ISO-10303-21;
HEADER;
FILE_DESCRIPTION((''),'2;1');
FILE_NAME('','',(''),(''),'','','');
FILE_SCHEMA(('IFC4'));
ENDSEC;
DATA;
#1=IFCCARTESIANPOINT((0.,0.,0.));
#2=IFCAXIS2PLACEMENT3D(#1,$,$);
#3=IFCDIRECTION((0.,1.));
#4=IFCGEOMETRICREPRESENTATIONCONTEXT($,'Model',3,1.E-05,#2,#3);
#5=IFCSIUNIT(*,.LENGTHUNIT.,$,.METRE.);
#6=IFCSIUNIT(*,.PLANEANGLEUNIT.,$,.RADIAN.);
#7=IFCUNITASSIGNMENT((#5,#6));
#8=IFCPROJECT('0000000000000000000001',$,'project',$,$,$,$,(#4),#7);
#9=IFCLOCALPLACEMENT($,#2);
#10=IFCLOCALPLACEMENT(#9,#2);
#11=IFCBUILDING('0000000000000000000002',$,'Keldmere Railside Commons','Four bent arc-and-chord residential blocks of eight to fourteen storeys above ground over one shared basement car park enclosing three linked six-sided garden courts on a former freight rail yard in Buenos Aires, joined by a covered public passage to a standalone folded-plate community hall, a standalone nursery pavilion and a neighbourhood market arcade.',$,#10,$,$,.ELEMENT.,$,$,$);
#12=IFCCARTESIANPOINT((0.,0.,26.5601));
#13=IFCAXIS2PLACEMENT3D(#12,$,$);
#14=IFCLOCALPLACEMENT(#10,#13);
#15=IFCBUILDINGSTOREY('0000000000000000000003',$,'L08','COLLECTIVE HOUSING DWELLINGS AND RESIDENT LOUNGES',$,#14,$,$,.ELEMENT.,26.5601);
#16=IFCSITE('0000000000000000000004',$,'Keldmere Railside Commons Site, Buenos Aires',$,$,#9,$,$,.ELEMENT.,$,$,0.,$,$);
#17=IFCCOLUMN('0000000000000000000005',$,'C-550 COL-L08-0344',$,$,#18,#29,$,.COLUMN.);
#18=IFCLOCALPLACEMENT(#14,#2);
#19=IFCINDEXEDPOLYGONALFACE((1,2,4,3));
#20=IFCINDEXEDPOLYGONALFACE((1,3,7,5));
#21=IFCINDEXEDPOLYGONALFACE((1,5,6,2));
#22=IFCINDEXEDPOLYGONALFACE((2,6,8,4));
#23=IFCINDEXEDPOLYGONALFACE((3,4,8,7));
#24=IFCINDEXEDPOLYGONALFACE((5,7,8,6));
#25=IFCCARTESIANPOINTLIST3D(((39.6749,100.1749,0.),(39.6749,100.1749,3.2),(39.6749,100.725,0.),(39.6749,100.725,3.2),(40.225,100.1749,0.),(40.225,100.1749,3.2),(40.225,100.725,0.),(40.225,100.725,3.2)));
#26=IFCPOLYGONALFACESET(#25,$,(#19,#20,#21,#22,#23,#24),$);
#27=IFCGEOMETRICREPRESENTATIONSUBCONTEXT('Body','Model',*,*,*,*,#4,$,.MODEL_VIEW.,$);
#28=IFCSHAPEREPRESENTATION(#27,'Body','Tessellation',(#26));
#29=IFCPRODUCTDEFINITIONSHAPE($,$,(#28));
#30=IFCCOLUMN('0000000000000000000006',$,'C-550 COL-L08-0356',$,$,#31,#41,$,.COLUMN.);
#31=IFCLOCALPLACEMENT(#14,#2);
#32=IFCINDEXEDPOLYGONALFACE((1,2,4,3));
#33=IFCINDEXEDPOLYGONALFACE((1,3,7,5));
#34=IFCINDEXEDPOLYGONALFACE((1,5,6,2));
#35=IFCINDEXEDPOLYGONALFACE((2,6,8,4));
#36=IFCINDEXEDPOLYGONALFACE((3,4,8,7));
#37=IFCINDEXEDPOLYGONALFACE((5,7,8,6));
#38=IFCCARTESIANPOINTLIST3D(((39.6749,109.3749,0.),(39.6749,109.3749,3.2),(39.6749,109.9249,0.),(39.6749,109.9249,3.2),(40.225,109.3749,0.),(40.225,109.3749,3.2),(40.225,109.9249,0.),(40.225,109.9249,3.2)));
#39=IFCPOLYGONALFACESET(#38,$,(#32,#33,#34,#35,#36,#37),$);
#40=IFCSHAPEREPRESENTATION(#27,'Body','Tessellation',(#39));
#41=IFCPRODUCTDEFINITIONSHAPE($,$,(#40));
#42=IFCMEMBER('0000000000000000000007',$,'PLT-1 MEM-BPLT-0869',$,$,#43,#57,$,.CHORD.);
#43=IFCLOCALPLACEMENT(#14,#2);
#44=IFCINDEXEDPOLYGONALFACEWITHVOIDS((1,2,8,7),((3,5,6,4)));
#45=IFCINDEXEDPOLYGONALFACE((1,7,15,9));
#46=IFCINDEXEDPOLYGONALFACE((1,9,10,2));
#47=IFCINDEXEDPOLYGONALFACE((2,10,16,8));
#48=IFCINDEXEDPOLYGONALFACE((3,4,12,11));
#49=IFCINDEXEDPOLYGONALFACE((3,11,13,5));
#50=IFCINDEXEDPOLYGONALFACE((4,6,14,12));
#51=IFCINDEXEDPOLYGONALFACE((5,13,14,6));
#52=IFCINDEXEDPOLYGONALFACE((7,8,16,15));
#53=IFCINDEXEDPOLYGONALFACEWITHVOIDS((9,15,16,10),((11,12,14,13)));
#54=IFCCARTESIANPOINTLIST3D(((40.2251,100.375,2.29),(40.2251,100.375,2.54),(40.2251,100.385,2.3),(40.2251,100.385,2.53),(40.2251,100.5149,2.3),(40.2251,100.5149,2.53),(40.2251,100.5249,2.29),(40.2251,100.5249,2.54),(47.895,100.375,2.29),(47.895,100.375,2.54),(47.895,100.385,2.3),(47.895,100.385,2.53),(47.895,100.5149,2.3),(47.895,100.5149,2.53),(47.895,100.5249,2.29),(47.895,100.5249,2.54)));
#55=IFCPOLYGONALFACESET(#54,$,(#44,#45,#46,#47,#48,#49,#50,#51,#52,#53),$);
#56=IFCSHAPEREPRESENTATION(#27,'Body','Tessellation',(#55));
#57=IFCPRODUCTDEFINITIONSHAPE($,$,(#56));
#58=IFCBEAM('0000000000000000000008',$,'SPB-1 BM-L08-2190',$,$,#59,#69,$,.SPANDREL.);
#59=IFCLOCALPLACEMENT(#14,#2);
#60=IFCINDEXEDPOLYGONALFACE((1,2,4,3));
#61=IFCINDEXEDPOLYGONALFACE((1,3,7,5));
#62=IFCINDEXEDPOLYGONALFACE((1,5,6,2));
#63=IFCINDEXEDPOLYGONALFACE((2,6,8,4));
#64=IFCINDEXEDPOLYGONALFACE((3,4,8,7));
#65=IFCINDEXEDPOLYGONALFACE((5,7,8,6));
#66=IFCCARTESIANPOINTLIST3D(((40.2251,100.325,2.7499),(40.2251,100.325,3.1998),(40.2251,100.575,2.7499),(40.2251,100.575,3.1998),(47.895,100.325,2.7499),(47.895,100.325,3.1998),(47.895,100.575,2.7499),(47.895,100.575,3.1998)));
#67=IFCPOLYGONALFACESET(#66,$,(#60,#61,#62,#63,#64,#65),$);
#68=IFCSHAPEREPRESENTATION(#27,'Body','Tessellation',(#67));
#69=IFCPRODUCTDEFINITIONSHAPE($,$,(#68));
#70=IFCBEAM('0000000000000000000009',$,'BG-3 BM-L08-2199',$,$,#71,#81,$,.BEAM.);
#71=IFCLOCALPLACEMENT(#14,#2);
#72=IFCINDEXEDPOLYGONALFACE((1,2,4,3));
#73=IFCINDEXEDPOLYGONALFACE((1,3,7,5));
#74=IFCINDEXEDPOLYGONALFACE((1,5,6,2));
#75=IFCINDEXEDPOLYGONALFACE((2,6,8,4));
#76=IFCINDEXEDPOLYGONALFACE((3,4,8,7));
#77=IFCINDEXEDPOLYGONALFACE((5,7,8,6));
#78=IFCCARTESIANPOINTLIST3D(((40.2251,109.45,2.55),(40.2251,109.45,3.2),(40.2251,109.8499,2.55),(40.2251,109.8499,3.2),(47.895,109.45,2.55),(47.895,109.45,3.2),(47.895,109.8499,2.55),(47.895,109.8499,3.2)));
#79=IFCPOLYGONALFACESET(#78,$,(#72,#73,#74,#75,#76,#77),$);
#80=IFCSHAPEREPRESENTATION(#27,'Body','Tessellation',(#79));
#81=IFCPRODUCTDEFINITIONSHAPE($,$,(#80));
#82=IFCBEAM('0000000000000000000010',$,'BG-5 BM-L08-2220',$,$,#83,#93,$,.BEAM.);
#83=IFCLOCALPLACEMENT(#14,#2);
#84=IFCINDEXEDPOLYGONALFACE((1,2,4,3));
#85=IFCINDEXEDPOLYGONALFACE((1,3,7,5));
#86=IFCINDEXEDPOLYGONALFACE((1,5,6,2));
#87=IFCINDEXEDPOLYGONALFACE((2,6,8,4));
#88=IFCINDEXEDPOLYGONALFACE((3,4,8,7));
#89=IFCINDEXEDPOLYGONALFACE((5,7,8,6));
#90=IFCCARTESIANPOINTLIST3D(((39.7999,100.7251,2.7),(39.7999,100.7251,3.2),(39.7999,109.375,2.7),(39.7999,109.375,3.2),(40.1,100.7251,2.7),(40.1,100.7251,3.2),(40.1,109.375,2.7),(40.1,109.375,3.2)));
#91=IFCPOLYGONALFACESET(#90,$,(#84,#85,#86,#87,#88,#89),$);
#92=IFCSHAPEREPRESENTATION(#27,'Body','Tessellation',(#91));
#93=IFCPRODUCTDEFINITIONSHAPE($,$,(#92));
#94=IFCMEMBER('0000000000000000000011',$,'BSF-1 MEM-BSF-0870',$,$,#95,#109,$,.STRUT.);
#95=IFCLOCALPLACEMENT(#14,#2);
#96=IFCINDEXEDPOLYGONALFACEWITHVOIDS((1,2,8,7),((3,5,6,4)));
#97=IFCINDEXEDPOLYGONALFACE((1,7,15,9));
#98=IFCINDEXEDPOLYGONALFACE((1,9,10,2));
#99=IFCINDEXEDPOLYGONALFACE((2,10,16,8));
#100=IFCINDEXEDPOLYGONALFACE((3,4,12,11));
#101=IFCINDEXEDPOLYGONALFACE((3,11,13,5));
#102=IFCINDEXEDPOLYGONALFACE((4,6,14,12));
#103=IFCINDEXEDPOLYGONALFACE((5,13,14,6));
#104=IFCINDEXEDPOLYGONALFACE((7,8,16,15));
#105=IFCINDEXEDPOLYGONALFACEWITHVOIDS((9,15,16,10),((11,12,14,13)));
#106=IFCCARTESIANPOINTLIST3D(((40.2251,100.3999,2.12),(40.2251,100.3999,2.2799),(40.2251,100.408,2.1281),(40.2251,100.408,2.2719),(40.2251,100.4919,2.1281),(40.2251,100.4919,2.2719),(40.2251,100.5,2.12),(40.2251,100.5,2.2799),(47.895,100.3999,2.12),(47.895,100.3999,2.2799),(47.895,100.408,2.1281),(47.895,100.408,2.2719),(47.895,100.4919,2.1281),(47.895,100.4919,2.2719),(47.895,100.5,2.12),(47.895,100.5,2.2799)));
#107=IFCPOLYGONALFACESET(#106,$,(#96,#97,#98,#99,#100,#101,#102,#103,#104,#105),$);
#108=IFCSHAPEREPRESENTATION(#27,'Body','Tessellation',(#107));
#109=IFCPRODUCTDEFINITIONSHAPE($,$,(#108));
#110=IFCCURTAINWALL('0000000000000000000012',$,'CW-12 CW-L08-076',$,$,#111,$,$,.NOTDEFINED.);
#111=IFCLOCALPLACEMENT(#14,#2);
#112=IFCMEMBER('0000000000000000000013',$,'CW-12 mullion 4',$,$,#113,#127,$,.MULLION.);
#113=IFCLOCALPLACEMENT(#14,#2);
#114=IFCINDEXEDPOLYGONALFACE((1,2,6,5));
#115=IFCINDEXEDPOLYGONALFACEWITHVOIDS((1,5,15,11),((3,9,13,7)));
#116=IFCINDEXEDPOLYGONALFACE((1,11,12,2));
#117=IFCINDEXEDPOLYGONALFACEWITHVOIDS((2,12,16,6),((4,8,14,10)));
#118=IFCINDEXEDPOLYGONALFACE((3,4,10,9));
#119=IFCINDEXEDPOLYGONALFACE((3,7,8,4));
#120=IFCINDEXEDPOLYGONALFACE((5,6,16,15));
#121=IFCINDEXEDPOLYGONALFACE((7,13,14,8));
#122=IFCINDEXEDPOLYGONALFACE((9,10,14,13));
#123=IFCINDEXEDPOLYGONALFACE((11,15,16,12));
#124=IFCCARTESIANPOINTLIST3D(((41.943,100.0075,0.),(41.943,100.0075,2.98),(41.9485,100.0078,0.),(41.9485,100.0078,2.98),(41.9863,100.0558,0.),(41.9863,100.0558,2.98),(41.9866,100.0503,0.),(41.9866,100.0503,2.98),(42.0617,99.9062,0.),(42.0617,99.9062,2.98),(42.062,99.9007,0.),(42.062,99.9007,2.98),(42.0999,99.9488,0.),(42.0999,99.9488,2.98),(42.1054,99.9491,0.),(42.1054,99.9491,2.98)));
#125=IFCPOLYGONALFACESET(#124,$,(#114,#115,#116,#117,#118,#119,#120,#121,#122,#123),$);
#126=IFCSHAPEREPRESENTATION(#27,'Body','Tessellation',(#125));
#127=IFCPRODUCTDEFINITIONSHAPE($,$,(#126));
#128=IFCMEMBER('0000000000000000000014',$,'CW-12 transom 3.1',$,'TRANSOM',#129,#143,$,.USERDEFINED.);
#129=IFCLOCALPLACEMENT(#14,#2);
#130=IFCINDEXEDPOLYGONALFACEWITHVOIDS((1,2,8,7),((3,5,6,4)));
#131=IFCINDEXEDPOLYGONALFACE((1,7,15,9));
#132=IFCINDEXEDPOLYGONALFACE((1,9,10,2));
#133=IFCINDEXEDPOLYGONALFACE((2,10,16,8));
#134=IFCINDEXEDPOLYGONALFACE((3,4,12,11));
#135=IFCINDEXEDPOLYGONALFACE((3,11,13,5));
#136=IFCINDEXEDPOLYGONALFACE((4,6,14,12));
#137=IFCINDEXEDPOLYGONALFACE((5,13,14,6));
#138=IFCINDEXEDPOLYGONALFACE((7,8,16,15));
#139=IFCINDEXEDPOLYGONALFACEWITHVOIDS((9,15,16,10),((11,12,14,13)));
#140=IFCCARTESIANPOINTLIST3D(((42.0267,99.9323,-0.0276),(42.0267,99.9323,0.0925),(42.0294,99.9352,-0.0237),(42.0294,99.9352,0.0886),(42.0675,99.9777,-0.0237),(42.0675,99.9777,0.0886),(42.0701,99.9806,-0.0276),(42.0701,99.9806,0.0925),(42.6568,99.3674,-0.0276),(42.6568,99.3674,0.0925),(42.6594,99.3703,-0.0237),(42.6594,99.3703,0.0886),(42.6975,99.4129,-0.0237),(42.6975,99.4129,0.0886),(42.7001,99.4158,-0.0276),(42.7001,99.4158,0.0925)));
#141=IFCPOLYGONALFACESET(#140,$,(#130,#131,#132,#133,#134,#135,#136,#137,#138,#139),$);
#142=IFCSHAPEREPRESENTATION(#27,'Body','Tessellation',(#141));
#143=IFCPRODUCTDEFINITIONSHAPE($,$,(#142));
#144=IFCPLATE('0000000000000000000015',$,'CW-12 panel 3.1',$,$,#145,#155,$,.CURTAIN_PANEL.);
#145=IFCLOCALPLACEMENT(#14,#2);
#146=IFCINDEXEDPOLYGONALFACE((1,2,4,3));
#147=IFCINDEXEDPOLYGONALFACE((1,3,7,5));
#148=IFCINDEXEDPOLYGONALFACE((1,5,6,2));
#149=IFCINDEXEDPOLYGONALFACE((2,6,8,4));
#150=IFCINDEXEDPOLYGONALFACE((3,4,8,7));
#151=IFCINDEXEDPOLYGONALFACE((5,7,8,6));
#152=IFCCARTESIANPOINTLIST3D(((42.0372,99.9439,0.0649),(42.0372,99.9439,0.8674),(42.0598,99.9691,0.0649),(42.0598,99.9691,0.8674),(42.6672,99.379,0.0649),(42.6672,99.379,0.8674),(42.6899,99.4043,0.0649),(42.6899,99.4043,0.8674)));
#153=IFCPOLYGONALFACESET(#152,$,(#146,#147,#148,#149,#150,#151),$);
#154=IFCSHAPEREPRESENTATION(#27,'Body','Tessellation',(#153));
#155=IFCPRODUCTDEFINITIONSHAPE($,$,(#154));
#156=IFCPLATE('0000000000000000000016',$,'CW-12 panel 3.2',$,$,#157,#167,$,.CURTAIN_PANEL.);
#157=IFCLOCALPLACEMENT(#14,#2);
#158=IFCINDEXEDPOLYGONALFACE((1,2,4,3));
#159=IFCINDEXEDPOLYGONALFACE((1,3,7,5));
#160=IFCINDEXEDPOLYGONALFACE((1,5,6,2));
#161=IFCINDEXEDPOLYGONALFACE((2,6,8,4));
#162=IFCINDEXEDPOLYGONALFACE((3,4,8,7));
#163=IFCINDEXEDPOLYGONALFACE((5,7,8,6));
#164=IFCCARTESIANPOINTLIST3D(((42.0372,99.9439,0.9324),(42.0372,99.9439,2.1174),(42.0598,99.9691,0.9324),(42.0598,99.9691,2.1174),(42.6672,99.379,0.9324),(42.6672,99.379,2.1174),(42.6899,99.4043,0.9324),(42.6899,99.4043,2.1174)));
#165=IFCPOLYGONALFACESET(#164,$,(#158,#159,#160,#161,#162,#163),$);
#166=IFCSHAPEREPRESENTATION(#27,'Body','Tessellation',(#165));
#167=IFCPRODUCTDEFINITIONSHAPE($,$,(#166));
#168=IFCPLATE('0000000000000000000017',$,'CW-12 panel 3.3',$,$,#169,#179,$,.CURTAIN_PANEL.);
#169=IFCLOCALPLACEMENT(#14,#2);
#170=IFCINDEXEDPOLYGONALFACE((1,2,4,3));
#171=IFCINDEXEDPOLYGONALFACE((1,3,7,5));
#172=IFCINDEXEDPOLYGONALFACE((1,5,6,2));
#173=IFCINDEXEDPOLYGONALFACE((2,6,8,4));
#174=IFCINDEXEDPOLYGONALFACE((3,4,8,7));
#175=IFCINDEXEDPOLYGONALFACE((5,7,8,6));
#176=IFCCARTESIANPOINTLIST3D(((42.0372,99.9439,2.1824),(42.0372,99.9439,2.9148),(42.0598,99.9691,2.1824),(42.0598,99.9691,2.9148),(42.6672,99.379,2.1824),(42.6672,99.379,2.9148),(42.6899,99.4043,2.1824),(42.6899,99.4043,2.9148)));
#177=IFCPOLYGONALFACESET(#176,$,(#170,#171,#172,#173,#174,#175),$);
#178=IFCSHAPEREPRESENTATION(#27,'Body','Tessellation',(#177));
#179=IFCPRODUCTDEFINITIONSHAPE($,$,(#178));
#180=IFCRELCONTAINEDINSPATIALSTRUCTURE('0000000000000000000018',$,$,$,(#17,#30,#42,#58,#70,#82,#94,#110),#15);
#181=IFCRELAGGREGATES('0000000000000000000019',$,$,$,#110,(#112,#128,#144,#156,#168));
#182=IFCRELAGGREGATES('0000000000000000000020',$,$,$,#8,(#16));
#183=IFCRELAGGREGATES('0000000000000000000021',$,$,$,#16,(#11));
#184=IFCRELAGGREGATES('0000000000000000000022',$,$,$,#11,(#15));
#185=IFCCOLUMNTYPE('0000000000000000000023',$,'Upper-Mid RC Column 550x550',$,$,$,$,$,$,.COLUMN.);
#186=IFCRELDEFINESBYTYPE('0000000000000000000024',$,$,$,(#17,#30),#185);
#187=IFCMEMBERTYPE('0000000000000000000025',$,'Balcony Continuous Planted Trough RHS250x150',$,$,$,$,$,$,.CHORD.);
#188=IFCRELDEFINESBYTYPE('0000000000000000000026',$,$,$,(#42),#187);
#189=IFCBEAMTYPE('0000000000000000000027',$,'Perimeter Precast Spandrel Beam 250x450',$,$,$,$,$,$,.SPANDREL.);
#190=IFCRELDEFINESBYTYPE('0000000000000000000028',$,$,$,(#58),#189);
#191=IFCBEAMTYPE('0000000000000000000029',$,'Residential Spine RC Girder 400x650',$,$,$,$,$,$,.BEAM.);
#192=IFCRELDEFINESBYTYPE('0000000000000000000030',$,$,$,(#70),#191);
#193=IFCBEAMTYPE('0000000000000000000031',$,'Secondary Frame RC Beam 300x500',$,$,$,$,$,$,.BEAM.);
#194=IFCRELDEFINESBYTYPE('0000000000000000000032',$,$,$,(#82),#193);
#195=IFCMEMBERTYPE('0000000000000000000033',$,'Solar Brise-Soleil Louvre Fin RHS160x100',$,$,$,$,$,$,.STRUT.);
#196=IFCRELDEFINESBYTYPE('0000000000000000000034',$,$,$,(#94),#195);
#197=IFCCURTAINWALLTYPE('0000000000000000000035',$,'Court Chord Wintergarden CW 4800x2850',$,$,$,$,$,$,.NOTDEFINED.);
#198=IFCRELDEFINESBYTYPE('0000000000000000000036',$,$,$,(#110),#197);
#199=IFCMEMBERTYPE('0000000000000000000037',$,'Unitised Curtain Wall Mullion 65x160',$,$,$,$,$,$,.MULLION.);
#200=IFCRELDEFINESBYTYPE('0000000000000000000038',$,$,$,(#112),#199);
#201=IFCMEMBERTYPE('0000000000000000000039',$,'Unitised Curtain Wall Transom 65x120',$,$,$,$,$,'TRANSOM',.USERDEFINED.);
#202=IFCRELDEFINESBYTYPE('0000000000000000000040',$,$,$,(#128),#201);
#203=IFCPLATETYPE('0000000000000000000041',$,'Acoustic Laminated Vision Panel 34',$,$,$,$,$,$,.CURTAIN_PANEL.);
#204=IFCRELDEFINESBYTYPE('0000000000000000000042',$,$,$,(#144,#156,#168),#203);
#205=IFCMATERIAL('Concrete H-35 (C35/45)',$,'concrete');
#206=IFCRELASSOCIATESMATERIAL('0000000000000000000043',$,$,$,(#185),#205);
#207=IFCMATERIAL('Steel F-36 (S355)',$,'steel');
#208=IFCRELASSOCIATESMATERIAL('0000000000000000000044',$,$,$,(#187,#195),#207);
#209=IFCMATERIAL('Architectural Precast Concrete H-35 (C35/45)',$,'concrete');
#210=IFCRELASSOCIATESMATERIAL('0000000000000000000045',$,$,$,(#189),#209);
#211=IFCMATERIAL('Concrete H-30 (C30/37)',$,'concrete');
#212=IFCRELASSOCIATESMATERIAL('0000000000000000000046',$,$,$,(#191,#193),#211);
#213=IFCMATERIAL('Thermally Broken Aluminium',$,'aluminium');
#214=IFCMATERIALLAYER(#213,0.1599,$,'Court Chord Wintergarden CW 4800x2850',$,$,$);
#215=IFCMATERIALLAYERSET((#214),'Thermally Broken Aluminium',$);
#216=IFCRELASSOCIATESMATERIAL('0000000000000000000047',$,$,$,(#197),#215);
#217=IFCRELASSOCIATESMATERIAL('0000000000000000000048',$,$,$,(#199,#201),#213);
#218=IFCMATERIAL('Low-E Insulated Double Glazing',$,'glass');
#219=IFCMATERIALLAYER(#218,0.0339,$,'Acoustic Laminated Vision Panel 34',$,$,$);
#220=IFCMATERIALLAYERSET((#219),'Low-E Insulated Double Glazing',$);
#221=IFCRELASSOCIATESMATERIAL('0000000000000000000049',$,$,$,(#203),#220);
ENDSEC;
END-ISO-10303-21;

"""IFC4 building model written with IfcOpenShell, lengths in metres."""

from ifc_helpers import new_model, si_unit, direction, frame, origin, origin_2d, place, context, subcontext, project, spatial, rectangle, hollow_rectangle, extrude, material, layer, layer_set, material_profile, profile_set, type_object, element, aggregate, save


model = new_model("IFC4")

# Units and contexts
model_context = context("Model", 3, precision=1e-05, world=origin(), true_north=direction((0.0, 1.0)))
body_context = subcontext(model_context, "Body", "Model", "MODEL_VIEW")
ifc_project = project(units=[si_unit("LENGTHUNIT", "METRE"), si_unit("PLANEANGLEUNIT", "RADIAN")], contexts=[model_context])

# Site, building, storey
site_placement = place(None, origin())
site = spatial("IfcSite", under=ifc_project, at=site_placement, Name="Keldmere Railside Commons Site, Buenos Aires", CompositionType="ELEMENT", RefElevation=0.0)
building_placement = place(site_placement, origin())
building = spatial("IfcBuilding", under=site, at=building_placement, Name="Keldmere Railside Commons", Description="Four bent arc-and-chord residential blocks of eight to fourteen storeys above ground over one shared basement car park enclosing three linked six-sided garden courts on a former freight rail yard in Buenos Aires, joined by a covered public passage to a standalone folded-plate community hall, a standalone nursery pavilion and a neighbourhood market arcade.", CompositionType="ELEMENT")
storey_placement = place(building_placement, frame((0.0, 0.0, 26.5601)))
storey = spatial("IfcBuildingStorey", under=building, at=storey_placement, Name="L08", Description="COLLECTIVE HOUSING DWELLINGS AND RESIDENT LOUNGES", CompositionType="ELEMENT", Elevation=26.5601)

# Columns
ifc_material_1 = material(Name="Concrete H-35 (C35/45)", Category="concrete")
ifc_material_profile_1 = material_profile(ifc_material_1, rectangle(XDim=0.55, YDim=0.55, at=origin_2d()), Name="RC-550x550")
ifc_profile_set_1 = profile_set([ifc_material_profile_1], Name="Concrete H-35 (C35/45)")
column_type = type_object("IfcColumnType", Name="Upper-Mid RC Column 550x550", PredefinedType="COLUMN", material=ifc_profile_set_1)
for number, where, z_axis, x_axis, name in (
    (1, (39.95, 100.45, 0.0), (0.0, 0.0, 1.0), (1.0, 0.0, 0.0), "C-550 COL-L08-0344"),
    (2, (39.95, 109.6499, 0.0), (0.0, 0.0, 1.0), (1.0, 0.0, 0.0), "C-550 COL-L08-0356"),
):
    element("IfcColumn", number, at=place(storey_placement, frame(where, z_axis=z_axis, x_axis=x_axis)), inside=storey, type_object=column_type, Name=name, PredefinedType="COLUMN", context=body_context, shape_type="SweptSolid", body=[
        extrude(rectangle(XDim=0.55, YDim=0.55, at=origin_2d()), origin(), (0.0, 0.0, 1.0), 3.2),
    ])

# Member
ifc_material_2 = material(Name="Steel F-36 (S355)", Category="steel")
ifc_material_profile_2 = material_profile(ifc_material_2, hollow_rectangle(XDim=0.1499, YDim=0.25, WallThickness=0.01, at=origin_2d()), Name="RHS-250x150x10")
ifc_profile_set_2 = profile_set([ifc_material_profile_2], Name="Steel F-36 (S355)")
member_type_1 = type_object("IfcMemberType", Name="Balcony Continuous Planted Trough RHS250x150", PredefinedType="CHORD", material=ifc_profile_set_2)
member_1_placement = place(storey_placement, frame((40.2251, 100.45, 2.415), z_axis=(1.0, 0.0, 0.0), x_axis=(0.0, 1.0, 0.0)))
element("IfcMember", 3, at=member_1_placement, inside=storey, type_object=member_type_1, Name="PLT-1 MEM-BPLT-0869", PredefinedType="CHORD", context=body_context, shape_type="SweptSolid", body=[
    extrude(hollow_rectangle(XDim=0.1499, YDim=0.25, WallThickness=0.01, at=origin_2d()), origin(), (0.0, 0.0, 1.0), 7.6699),
])

# Beams
ifc_material_3 = material(Name="Architectural Precast Concrete H-35 (C35/45)", Category="concrete")
ifc_material_profile_3 = material_profile(ifc_material_3, rectangle(XDim=0.25, YDim=0.45, at=origin_2d()), Name="RC-250x450")
ifc_profile_set_3 = profile_set([ifc_material_profile_3], Name="Architectural Precast Concrete H-35 (C35/45)")
beam_type_1 = type_object("IfcBeamType", Name="Perimeter Precast Spandrel Beam 250x450", PredefinedType="SPANDREL", material=ifc_profile_set_3)
beam_1_placement = place(storey_placement, frame((40.2251, 100.45, 2.9749), z_axis=(1.0, 0.0, 0.0), x_axis=(0.0, 1.0, 0.0)))
element("IfcBeam", 4, at=beam_1_placement, inside=storey, type_object=beam_type_1, Name="SPB-1 BM-L08-2190", PredefinedType="SPANDREL", context=body_context, shape_type="SweptSolid", body=[
    extrude(rectangle(XDim=0.25, YDim=0.45, at=origin_2d()), origin(), (0.0, 0.0, 1.0), 7.6699),
])
ifc_material_4 = material(Name="Concrete H-30 (C30/37)", Category="concrete")
ifc_material_profile_4 = material_profile(ifc_material_4, rectangle(XDim=0.3999, YDim=0.6499, at=origin_2d()), Name="RC-400x650")
ifc_profile_set_4 = profile_set([ifc_material_profile_4], Name="Concrete H-30 (C30/37)")
beam_type_2 = type_object("IfcBeamType", Name="Residential Spine RC Girder 400x650", PredefinedType="BEAM", material=ifc_profile_set_4)
beam_2_placement = place(storey_placement, frame((40.2251, 109.6499, 2.875), z_axis=(1.0, 0.0, 0.0), x_axis=(0.0, 1.0, 0.0)))
element("IfcBeam", 5, at=beam_2_placement, inside=storey, type_object=beam_type_2, Name="BG-3 BM-L08-2199", PredefinedType="BEAM", context=body_context, shape_type="SweptSolid", body=[
    extrude(rectangle(XDim=0.3999, YDim=0.6499, at=origin_2d()), origin(), (0.0, 0.0, 1.0), 7.6699),
])
ifc_material_profile_5 = material_profile(ifc_material_4, rectangle(XDim=0.3, YDim=0.5, at=origin_2d()), Name="RC-300x500")
ifc_profile_set_5 = profile_set([ifc_material_profile_5], Name="Concrete H-30 (C30/37)")
beam_type_3 = type_object("IfcBeamType", Name="Secondary Frame RC Beam 300x500", PredefinedType="BEAM", material=ifc_profile_set_5)
beam_3_placement = place(storey_placement, frame((39.95, 100.7251, 2.95), z_axis=(0.0, 1.0, 0.0), x_axis=(-1.0, 0.0, 0.0)))
element("IfcBeam", 6, at=beam_3_placement, inside=storey, type_object=beam_type_3, Name="BG-5 BM-L08-2220", PredefinedType="BEAM", context=body_context, shape_type="SweptSolid", body=[
    extrude(rectangle(XDim=0.3, YDim=0.5, at=origin_2d()), origin(), (0.0, 0.0, 1.0), 8.6499),
])

# Member
ifc_material_profile_6 = material_profile(ifc_material_2, hollow_rectangle(XDim=0.1001, YDim=0.1599, WallThickness=0.0081, at=origin_2d()), Name="RHS-160x100x8")
ifc_profile_set_6 = profile_set([ifc_material_profile_6], Name="Steel F-36 (S355)")
member_type_2 = type_object("IfcMemberType", Name="Solar Brise-Soleil Louvre Fin RHS160x100", PredefinedType="STRUT", material=ifc_profile_set_6)
member_2_placement = place(storey_placement, frame((40.2251, 100.45, 2.2), z_axis=(1.0, 0.0, 0.0), x_axis=(0.0, 1.0, 0.0)))
element("IfcMember", 7, at=member_2_placement, inside=storey, type_object=member_type_2, Name="BSF-1 MEM-BSF-0870", PredefinedType="STRUT", context=body_context, shape_type="SweptSolid", body=[
    extrude(hollow_rectangle(XDim=0.1001, YDim=0.1599, WallThickness=0.0081, at=origin_2d()), origin(), (0.0, 0.0, 1.0), 7.6699),
])

# Curtain wall, members, plates
ifc_material_5 = material(Name="Thermally Broken Aluminium", Category="aluminium")
ifc_layer_1 = layer(ifc_material_5, 0.1599, Name="Court Chord Wintergarden CW 4800x2850")
ifc_layer_set_1 = layer_set([ifc_layer_1], Name="Thermally Broken Aluminium")
curtain_wall_type = type_object("IfcCurtainWallType", Name="Court Chord Wintergarden CW 4800x2850", PredefinedType="NOTDEFINED", material=ifc_layer_set_1)
curtain_wall_placement = place(storey_placement, origin())
curtain_wall = element("IfcCurtainWall", 8, at=curtain_wall_placement, inside=storey, type_object=curtain_wall_type, Name="CW-12 CW-L08-076", PredefinedType="NOTDEFINED")
ifc_material_profile_7 = material_profile(ifc_material_5, hollow_rectangle(XDim=0.0649, YDim=0.1599, WallThickness=0.0039, at=origin_2d()), Name="ALU-MULL-65x160")
ifc_profile_set_7 = profile_set([ifc_material_profile_7], Name="Thermally Broken Aluminium")
member_type_3 = type_object("IfcMemberType", Name="Unitised Curtain Wall Mullion 65x160", PredefinedType="MULLION", material=ifc_profile_set_7)
member_3_placement = place(storey_placement, frame((42.0242, 99.9783, 0.0), z_axis=(0.0, 0.0, 1.0), x_axis=(-0.667559, -0.744557, 0.0)))
member_3 = element("IfcMember", 9, at=member_3_placement, type_object=member_type_3, Name="CW-12 mullion 4", PredefinedType="MULLION", context=body_context, shape_type="SweptSolid", body=[
    extrude(hollow_rectangle(XDim=0.0649, YDim=0.1599, WallThickness=0.0039, at=origin_2d()), origin(), (0.0, 0.0, 1.0), 2.98),
])
ifc_material_profile_8 = material_profile(ifc_material_5, hollow_rectangle(XDim=0.0649, YDim=0.1201, WallThickness=0.0039, at=origin_2d()), Name="ALU-TRAN-65x120")
ifc_profile_set_8 = profile_set([ifc_material_profile_8], Name="Thermally Broken Aluminium")
member_type_4 = type_object("IfcMemberType", Name="Unitised Curtain Wall Transom 65x120", ElementType="TRANSOM", PredefinedType="USERDEFINED", material=ifc_profile_set_8)
member_4_placement = place(storey_placement, frame((42.6785, 99.3916, 0.0325), z_axis=(-0.744569, 0.667545, 0.0), x_axis=(-0.667545, -0.744569, 0.0)))
member_4 = element("IfcMember", 10, at=member_4_placement, type_object=member_type_4, Name="CW-12 transom 3.1", ObjectType="TRANSOM", PredefinedType="USERDEFINED", context=body_context, shape_type="SweptSolid", body=[
    extrude(hollow_rectangle(XDim=0.0649, YDim=0.1201, WallThickness=0.0039, at=origin_2d()), origin(), (0.0, 0.0, 1.0), 0.8462),
])
ifc_material_6 = material(Name="Low-E Insulated Double Glazing", Category="glass")
ifc_layer_2 = layer(ifc_material_6, 0.0339, Name="Acoustic Laminated Vision Panel 34")
ifc_layer_set_2 = layer_set([ifc_layer_2], Name="Low-E Insulated Double Glazing")
plate_type = type_object("IfcPlateType", Name="Acoustic Laminated Vision Panel 34", PredefinedType="CURTAIN_PANEL", material=ifc_layer_set_2)
plate_1_placement = place(storey_placement, frame((42.3635, 99.6741, 0.0649), z_axis=(0.0, 0.0, 1.0), x_axis=(-0.744557, 0.667559, 0.0)))
plate_1 = element("IfcPlate", 11, at=plate_1_placement, type_object=plate_type, Name="CW-12 panel 3.1", PredefinedType="CURTAIN_PANEL", context=body_context, shape_type="SweptSolid", body=[
    extrude(rectangle(XDim=0.8462, YDim=0.0339, at=origin_2d()), origin(), (0.0, 0.0, 1.0), 0.8025),
])
plate_2_placement = place(storey_placement, frame((42.3635, 99.6741, 0.9324), z_axis=(0.0, 0.0, 1.0), x_axis=(-0.744557, 0.667559, 0.0)))
plate_2 = element("IfcPlate", 12, at=plate_2_placement, type_object=plate_type, Name="CW-12 panel 3.2", PredefinedType="CURTAIN_PANEL", context=body_context, shape_type="SweptSolid", body=[
    extrude(rectangle(XDim=0.8462, YDim=0.0339, at=origin_2d()), origin(), (0.0, 0.0, 1.0), 1.1851),
])
plate_3_placement = place(storey_placement, frame((42.3635, 99.6741, 2.1824), z_axis=(0.0, 0.0, 1.0), x_axis=(-0.744557, 0.667559, 0.0)))
plate_3 = element("IfcPlate", 13, at=plate_3_placement, type_object=plate_type, Name="CW-12 panel 3.3", PredefinedType="CURTAIN_PANEL", context=body_context, shape_type="SweptSolid", body=[
    extrude(rectangle(XDim=0.8462, YDim=0.0339, at=origin_2d()), origin(), (0.0, 0.0, 1.0), 0.7324),
])
aggregate(curtain_wall, [member_3, member_4, plate_1, plate_2, plate_3])

save(model, "model.ifc")
